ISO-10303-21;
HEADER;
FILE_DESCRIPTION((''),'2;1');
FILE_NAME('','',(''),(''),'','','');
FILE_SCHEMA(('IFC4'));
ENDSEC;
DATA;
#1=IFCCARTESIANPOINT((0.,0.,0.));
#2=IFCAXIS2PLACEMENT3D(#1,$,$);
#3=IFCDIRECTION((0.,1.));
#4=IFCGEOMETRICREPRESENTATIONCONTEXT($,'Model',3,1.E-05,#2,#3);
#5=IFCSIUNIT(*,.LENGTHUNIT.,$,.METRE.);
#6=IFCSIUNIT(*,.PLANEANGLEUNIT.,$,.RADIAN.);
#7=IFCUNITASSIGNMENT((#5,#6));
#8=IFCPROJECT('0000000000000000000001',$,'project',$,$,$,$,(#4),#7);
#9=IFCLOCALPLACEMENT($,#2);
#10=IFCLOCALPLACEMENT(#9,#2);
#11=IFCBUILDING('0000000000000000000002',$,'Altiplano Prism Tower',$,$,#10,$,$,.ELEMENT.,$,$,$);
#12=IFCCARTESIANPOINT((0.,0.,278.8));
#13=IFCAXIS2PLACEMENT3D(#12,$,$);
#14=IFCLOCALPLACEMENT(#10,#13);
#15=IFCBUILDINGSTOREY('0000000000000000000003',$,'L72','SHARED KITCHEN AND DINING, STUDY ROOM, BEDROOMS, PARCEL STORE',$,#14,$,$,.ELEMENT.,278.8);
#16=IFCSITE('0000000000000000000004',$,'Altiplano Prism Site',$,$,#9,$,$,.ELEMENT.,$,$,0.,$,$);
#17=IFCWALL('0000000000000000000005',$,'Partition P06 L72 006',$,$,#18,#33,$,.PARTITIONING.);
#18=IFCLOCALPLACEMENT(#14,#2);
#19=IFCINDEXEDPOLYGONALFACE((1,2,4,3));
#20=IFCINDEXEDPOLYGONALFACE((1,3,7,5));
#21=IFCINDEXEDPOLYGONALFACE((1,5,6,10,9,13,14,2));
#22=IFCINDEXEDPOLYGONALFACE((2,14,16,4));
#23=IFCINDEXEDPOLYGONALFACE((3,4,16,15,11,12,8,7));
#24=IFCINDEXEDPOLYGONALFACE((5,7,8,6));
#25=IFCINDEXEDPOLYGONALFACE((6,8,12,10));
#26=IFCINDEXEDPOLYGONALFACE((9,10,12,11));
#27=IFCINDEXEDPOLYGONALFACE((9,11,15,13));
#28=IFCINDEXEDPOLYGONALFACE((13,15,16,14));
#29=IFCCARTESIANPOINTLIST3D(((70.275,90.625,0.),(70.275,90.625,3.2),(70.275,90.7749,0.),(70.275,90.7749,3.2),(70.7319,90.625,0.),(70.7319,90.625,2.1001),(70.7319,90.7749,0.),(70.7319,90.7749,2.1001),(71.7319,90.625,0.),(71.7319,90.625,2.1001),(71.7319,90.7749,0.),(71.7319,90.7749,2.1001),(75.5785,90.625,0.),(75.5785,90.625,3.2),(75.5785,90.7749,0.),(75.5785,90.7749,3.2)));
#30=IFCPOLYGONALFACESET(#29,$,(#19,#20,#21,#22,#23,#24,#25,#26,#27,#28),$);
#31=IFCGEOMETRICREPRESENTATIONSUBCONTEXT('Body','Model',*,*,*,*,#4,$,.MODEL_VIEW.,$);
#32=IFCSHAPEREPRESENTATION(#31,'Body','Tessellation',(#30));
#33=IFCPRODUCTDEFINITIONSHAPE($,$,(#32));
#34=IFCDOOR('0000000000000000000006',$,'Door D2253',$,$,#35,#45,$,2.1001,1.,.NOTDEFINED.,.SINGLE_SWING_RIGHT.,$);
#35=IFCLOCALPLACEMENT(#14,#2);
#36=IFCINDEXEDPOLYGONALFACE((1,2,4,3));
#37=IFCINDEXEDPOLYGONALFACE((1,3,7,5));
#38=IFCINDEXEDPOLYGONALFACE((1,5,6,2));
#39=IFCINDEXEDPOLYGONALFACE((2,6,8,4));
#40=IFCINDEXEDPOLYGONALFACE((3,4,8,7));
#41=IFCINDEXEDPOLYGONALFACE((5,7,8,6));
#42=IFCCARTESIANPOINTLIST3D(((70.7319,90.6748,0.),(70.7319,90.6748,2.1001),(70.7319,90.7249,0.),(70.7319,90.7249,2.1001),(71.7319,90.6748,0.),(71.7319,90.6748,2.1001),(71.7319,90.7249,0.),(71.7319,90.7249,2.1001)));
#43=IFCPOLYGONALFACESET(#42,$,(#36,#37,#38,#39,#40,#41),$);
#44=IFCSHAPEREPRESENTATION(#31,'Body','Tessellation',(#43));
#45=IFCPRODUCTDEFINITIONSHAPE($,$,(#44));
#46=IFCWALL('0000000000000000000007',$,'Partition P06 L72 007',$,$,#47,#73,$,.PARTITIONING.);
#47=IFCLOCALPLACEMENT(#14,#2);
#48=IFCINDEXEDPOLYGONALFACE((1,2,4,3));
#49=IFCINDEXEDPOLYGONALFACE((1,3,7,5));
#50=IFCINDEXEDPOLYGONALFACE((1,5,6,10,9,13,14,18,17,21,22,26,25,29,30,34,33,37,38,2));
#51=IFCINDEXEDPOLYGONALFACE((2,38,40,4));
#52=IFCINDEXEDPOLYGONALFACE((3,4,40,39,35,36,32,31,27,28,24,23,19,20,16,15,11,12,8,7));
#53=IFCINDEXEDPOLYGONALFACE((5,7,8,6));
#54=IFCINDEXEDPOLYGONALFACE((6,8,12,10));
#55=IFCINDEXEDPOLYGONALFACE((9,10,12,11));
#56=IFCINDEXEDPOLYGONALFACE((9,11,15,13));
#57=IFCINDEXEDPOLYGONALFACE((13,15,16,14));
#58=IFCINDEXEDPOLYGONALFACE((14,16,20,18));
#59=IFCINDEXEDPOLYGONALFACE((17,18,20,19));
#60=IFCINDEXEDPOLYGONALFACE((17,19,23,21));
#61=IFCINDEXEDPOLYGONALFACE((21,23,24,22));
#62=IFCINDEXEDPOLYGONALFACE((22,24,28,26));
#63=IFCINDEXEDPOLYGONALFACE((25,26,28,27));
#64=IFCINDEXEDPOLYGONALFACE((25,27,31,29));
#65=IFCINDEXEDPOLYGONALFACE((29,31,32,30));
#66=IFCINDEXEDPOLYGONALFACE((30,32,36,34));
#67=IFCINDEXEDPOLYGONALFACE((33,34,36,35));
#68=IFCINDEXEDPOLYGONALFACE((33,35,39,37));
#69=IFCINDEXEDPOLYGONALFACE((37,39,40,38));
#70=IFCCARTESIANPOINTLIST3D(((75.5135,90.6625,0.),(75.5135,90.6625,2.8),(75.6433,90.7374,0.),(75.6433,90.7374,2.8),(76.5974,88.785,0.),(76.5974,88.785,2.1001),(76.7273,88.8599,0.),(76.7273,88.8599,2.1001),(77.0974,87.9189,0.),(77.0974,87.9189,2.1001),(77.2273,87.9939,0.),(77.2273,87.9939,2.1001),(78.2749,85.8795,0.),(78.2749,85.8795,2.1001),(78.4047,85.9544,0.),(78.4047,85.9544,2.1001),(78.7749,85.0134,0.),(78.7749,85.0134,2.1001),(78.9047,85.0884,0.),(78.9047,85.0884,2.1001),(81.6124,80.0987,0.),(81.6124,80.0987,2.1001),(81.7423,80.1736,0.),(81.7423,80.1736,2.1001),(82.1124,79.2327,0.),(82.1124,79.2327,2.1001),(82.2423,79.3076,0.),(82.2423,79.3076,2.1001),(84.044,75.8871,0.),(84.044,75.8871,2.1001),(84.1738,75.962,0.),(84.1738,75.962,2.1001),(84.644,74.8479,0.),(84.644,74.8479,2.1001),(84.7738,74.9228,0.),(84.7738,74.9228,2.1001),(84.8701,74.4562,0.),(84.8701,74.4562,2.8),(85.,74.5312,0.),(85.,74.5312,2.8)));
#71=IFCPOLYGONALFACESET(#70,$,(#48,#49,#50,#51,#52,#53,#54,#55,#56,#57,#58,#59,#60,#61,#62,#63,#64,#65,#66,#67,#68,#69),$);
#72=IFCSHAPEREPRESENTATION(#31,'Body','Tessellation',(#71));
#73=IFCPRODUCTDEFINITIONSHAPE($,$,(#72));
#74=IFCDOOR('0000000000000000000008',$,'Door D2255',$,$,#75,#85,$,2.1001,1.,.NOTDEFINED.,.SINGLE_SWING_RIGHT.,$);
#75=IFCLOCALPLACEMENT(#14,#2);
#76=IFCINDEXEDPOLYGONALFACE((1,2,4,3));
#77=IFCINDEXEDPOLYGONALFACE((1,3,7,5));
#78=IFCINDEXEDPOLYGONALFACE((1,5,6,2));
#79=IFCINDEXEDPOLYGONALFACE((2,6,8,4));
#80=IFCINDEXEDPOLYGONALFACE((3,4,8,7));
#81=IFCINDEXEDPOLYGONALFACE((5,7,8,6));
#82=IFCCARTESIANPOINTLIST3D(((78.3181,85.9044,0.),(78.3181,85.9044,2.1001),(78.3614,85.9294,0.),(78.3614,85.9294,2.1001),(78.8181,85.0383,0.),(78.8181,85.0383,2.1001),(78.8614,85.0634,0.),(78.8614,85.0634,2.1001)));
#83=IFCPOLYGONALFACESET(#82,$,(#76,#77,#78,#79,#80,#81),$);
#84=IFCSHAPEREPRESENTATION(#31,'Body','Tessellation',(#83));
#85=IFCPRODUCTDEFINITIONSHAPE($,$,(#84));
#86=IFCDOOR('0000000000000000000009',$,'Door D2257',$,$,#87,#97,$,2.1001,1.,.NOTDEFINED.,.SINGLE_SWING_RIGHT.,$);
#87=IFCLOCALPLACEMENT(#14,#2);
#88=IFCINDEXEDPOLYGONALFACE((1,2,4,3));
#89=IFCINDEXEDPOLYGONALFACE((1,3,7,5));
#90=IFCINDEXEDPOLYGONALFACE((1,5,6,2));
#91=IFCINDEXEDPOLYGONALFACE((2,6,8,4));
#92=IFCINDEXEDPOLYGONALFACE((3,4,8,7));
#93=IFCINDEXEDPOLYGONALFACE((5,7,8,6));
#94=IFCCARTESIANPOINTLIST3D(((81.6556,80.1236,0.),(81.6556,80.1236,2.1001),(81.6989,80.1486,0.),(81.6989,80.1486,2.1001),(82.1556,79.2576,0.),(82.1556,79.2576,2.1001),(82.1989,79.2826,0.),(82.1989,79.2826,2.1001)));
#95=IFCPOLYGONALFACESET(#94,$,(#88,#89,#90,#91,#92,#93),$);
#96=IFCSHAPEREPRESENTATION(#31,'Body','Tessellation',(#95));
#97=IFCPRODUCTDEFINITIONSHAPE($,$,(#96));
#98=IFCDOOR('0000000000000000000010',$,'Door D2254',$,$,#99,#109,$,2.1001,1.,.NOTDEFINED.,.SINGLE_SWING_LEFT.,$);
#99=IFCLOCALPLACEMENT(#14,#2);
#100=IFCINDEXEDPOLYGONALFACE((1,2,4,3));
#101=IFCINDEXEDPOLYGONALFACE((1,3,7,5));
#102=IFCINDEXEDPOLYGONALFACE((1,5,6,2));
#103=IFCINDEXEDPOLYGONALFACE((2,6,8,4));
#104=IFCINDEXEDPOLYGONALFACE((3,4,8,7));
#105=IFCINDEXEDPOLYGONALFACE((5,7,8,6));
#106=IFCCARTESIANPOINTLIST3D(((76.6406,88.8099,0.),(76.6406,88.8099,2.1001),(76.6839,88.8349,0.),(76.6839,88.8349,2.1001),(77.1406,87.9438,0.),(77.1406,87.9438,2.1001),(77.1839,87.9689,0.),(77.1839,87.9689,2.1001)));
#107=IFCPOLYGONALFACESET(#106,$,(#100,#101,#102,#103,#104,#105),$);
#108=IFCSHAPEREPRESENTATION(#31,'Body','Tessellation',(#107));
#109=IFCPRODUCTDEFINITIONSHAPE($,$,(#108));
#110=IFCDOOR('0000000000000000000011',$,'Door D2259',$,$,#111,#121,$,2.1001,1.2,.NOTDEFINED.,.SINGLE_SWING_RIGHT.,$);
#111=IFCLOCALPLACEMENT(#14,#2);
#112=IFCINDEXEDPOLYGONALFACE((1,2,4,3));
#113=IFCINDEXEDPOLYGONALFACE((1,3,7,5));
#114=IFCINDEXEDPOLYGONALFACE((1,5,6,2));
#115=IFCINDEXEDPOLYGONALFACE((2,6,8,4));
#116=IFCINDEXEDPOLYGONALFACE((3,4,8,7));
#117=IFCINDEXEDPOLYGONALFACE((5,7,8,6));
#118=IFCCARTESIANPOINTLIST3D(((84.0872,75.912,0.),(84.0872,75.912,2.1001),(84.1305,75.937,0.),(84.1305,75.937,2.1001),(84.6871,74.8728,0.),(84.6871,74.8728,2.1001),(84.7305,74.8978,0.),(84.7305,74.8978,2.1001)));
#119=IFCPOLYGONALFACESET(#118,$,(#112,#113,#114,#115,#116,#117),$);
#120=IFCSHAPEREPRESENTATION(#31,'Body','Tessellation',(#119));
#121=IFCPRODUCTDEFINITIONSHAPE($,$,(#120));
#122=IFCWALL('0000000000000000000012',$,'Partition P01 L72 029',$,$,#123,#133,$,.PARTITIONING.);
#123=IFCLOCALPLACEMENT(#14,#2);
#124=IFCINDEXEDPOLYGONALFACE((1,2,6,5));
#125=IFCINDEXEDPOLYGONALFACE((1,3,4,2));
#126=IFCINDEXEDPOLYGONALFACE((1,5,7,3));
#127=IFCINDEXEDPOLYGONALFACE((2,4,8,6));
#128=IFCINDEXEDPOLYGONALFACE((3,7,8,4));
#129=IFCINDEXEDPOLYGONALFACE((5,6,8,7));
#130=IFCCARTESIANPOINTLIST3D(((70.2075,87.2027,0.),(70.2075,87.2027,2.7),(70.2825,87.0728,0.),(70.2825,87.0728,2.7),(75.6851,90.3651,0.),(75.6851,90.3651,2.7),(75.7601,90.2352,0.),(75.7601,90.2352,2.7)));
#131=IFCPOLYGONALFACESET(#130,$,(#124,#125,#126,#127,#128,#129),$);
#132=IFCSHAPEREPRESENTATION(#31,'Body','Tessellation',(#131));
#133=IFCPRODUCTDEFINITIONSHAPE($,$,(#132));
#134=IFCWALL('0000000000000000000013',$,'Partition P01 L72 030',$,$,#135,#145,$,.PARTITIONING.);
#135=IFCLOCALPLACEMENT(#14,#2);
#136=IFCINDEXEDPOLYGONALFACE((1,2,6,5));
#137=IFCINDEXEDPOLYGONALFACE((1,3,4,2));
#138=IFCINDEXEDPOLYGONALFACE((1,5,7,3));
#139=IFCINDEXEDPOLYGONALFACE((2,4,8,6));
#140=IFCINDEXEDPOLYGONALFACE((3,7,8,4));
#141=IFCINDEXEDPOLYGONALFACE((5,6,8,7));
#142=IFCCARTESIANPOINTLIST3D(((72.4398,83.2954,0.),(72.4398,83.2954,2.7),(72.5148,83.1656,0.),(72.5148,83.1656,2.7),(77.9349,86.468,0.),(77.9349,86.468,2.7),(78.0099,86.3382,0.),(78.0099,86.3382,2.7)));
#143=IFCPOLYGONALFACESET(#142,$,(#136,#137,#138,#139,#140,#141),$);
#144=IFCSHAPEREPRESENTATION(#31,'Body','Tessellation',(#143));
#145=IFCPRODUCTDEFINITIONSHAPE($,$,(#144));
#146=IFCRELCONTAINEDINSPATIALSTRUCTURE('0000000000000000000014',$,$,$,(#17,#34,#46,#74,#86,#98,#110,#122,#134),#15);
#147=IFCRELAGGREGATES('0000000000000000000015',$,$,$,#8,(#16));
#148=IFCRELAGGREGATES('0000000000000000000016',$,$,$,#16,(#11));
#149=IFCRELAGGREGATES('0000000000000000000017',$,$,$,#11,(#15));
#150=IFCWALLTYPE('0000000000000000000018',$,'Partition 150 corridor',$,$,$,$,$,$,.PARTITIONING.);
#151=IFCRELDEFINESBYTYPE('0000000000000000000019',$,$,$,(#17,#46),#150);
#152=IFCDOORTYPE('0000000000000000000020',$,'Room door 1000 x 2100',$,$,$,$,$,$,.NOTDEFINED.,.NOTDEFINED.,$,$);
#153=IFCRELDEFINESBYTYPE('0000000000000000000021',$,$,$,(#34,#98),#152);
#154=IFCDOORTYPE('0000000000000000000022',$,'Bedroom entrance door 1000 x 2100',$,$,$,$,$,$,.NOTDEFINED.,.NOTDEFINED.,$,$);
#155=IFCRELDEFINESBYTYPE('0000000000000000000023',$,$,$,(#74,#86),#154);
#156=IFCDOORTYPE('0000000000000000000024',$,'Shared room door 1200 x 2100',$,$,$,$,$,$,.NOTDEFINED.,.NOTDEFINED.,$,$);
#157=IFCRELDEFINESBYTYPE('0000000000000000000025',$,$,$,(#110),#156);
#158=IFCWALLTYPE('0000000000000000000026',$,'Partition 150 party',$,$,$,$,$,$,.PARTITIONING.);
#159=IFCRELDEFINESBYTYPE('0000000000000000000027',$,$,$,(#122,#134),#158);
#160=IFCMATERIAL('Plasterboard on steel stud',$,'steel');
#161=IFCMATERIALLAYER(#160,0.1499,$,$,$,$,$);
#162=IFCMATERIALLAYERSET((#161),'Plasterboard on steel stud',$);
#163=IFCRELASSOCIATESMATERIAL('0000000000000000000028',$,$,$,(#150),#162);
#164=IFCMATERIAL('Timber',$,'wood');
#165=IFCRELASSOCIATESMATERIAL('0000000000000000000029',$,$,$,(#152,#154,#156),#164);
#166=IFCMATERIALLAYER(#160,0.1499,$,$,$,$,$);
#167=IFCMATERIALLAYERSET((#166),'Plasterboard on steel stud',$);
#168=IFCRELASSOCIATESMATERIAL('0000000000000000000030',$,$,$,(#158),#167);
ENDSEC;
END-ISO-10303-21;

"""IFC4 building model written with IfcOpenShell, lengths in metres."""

from ifc_helpers import new_model, si_unit, direction, frame, frame_2d, origin, place, context, subcontext, project, spatial, rectangle, extrude, material, layer, layer_set, type_object, element, fill, save


model = new_model("IFC4")

# Units and contexts
model_context = context("Model", 3, precision=1e-05, world=origin(), true_north=direction((0.0, 1.0)))
body_context = subcontext(model_context, "Body", "Model", "MODEL_VIEW")
ifc_project = project(units=[si_unit("LENGTHUNIT", "METRE"), si_unit("PLANEANGLEUNIT", "RADIAN")], contexts=[model_context])

# Site, building, storey
site_placement = place(None, origin())
site = spatial("IfcSite", under=ifc_project, at=site_placement, Name="Altiplano Prism Site", CompositionType="ELEMENT", RefElevation=0.0)
building_placement = place(site_placement, origin())
building = spatial("IfcBuilding", under=site, at=building_placement, Name="Altiplano Prism Tower", CompositionType="ELEMENT")
storey_placement = place(building_placement, frame((0.0, 0.0, 278.8)))
storey = spatial("IfcBuildingStorey", under=building, at=storey_placement, Name="L72", Description="SHARED KITCHEN AND DINING, STUDY ROOM, BEDROOMS, PARCEL STORE", CompositionType="ELEMENT", Elevation=278.8)

# Wall, opening, door
ifc_material_1 = material(Name="Plasterboard on steel stud", Category="steel")
ifc_material_2 = material(Name="Timber", Category="wood")
ifc_layer_1 = layer(ifc_material_1, 0.1499)
ifc_layer_set_1 = layer_set([ifc_layer_1], Name="Plasterboard on steel stud")
wall_type_1 = type_object("IfcWallType", Name="Partition 150 corridor", PredefinedType="PARTITIONING", material=ifc_layer_set_1)
wall_1_placement = place(storey_placement, frame((70.2749, 90.7, 0.0), z_axis=(0.0, 0.0, 1.0), x_axis=(1.0, 0.0, 0.0)))
wall_1 = element("IfcWall", 1, at=wall_1_placement, inside=storey, type_object=wall_type_1, Name="Partition P06 L72 006", PredefinedType="PARTITIONING", context=body_context, shape_type="SweptSolid", body=[
    extrude(rectangle(XDim=5.3035, YDim=0.1499, at=frame_2d((2.6519, 0.0))), origin(), (0.0, 0.0, 1.0), 3.2),
])
opening_1_placement = place(wall_1_placement, frame((0.457, 0.0, 0.0)))
opening_1 = element("IfcOpeningElement", 2, at=opening_1_placement, cuts=wall_1, PredefinedType="OPENING", context=body_context, shape_type="SweptSolid", body=[
    extrude(rectangle(XDim=1.0, YDim=2.1001, at=frame_2d((0.5, 1.05))), frame((0.0, 0.0854, 0.0), z_axis=(0.0, -1.0, 0.0), x_axis=(1.0, 0.0, 0.0)), (0.0, 0.0, 1.0), 0.1709),
])
door_type_1 = type_object("IfcDoorType", Name="Room door 1000 x 2100", OperationType="NOTDEFINED", PredefinedType="NOTDEFINED", material=ifc_material_2)
door_1_placement = place(opening_1_placement, origin())
door_1 = element("IfcDoor", 3, at=door_1_placement, inside=storey, type_object=door_type_1, Name="Door D2253", OperationType="SINGLE_SWING_RIGHT", OverallHeight=2.1001, OverallWidth=1.0, PredefinedType="NOTDEFINED", context=body_context, shape_type="SweptSolid", body=[
    extrude(rectangle(XDim=1.0, YDim=2.1001, at=frame_2d((0.5, 1.05))), frame((0.0, 0.0249, 0.0), z_axis=(0.0, -1.0, 0.0), x_axis=(1.0, 0.0, 0.0)), (0.0, 0.0, 1.0), 0.05),
])
fill(opening_1, door_1)

# Wall, openings, doors
wall_2_placement = place(storey_placement, frame((75.5784, 90.7, 0.0), z_axis=(0.0, 0.0, 1.0), x_axis=(0.499999, -0.866026, 0.0)))
wall_2 = element("IfcWall", 4, at=wall_2_placement, inside=storey, type_object=wall_type_1, Name="Partition P06 L72 007", PredefinedType="PARTITIONING", context=body_context, shape_type="SweptSolid", body=[
    extrude(rectangle(XDim=18.7134, YDim=0.1499, at=frame_2d((9.3567, 0.0))), origin(), (0.0, 0.0, 1.0), 2.8),
])
opening_2_placement = place(wall_2_placement, frame((2.168, 0.0, 0.0)))
opening_2 = element("IfcOpeningElement", 5, at=opening_2_placement, cuts=wall_2, PredefinedType="OPENING", context=body_context, shape_type="SweptSolid", body=[
    extrude(rectangle(XDim=1.0, YDim=2.1001, at=frame_2d((0.5, 1.05))), frame((0.0, 0.0854, 0.0), z_axis=(0.0, -1.0, 0.0), x_axis=(1.0, 0.0, 0.0)), (0.0, 0.0, 1.0), 0.1709),
])
opening_3_placement = place(wall_2_placement, frame((5.5229, 0.0, 0.0)))
opening_3 = element("IfcOpeningElement", 6, at=opening_3_placement, cuts=wall_2, PredefinedType="OPENING", context=body_context, shape_type="SweptSolid", body=[
    extrude(rectangle(XDim=1.0, YDim=2.1001, at=frame_2d((0.5, 1.05))), frame((0.0, 0.0854, 0.0), z_axis=(0.0, -1.0, 0.0), x_axis=(1.0, 0.0, 0.0)), (0.0, 0.0, 1.0), 0.1709),
])
opening_4_placement = place(wall_2_placement, frame((12.198, 0.0, 0.0)))
opening_4 = element("IfcOpeningElement", 7, at=opening_4_placement, cuts=wall_2, PredefinedType="OPENING", context=body_context, shape_type="SweptSolid", body=[
    extrude(rectangle(XDim=1.0, YDim=2.1001, at=frame_2d((0.5, 1.05))), frame((0.0, 0.0854, 0.0), z_axis=(0.0, -1.0, 0.0), x_axis=(1.0, 0.0, 0.0)), (0.0, 0.0, 1.0), 0.1709),
])
opening_5_placement = place(wall_2_placement, frame((17.061, 0.0, 0.0)))
opening_5 = element("IfcOpeningElement", 8, at=opening_5_placement, cuts=wall_2, PredefinedType="OPENING", context=body_context, shape_type="SweptSolid", body=[
    extrude(rectangle(XDim=1.2, YDim=2.1001, at=frame_2d((0.6001, 1.05))), frame((0.0, 0.0854, 0.0), z_axis=(0.0, -1.0, 0.0), x_axis=(1.0, 0.0, 0.0)), (0.0, 0.0, 1.0), 0.1709),
])
door_type_2 = type_object("IfcDoorType", Name="Bedroom entrance door 1000 x 2100", OperationType="NOTDEFINED", PredefinedType="NOTDEFINED", material=ifc_material_2)
door_2_placement = place(opening_3_placement, origin())
door_2 = element("IfcDoor", 9, at=door_2_placement, inside=storey, type_object=door_type_2, Name="Door D2255", OperationType="SINGLE_SWING_RIGHT", OverallHeight=2.1001, OverallWidth=1.0, PredefinedType="NOTDEFINED", context=body_context, shape_type="SweptSolid", body=[
    extrude(rectangle(XDim=1.0, YDim=2.1001, at=frame_2d((0.5, 1.05))), frame((0.0, 0.0249, 0.0), z_axis=(0.0, -1.0, 0.0), x_axis=(1.0, 0.0, 0.0)), (0.0, 0.0, 1.0), 0.05),
])
fill(opening_3, door_2)
door_3_placement = place(opening_4_placement, origin())
door_3 = element("IfcDoor", 10, at=door_3_placement, inside=storey, type_object=door_type_2, Name="Door D2257", OperationType="SINGLE_SWING_RIGHT", OverallHeight=2.1001, OverallWidth=1.0, PredefinedType="NOTDEFINED", context=body_context, shape_type="SweptSolid", body=[
    extrude(rectangle(XDim=1.0, YDim=2.1001, at=frame_2d((0.5, 1.05))), frame((0.0, 0.0249, 0.0), z_axis=(0.0, -1.0, 0.0), x_axis=(1.0, 0.0, 0.0)), (0.0, 0.0, 1.0), 0.05),
])
fill(opening_4, door_3)
door_4_placement = place(opening_2_placement, origin())
door_4 = element("IfcDoor", 11, at=door_4_placement, inside=storey, type_object=door_type_1, Name="Door D2254", OperationType="SINGLE_SWING_LEFT", OverallHeight=2.1001, OverallWidth=1.0, PredefinedType="NOTDEFINED", context=body_context, shape_type="SweptSolid", body=[
    extrude(rectangle(XDim=1.0, YDim=2.1001, at=frame_2d((0.5, 1.05))), frame((0.0, 0.0249, 0.0), z_axis=(0.0, -1.0, 0.0), x_axis=(1.0, 0.0, 0.0)), (0.0, 0.0, 1.0), 0.05),
])
fill(opening_2, door_4)
door_type_3 = type_object("IfcDoorType", Name="Shared room door 1200 x 2100", OperationType="NOTDEFINED", PredefinedType="NOTDEFINED", material=ifc_material_2)
door_5_placement = place(opening_5_placement, origin())
door_5 = element("IfcDoor", 12, at=door_5_placement, inside=storey, type_object=door_type_3, Name="Door D2259", OperationType="SINGLE_SWING_RIGHT", OverallHeight=2.1001, OverallWidth=1.2, PredefinedType="NOTDEFINED", context=body_context, shape_type="SweptSolid", body=[
    extrude(rectangle(XDim=1.2, YDim=2.1001, at=frame_2d((0.6001, 1.05))), frame((0.0, 0.0249, 0.0), z_axis=(0.0, -1.0, 0.0), x_axis=(1.0, 0.0, 0.0)), (0.0, 0.0, 1.0), 0.05),
])
fill(opening_5, door_5)

# Walls
ifc_layer_2 = layer(ifc_material_1, 0.1499)
ifc_layer_set_2 = layer_set([ifc_layer_2], Name="Plasterboard on steel stud")
wall_type_2 = type_object("IfcWallType", Name="Partition 150 party", PredefinedType="PARTITIONING", material=ifc_layer_set_2)
wall_3_placement = place(storey_placement, frame((70.2449, 87.1377, 0.0), z_axis=(0.0, 0.0, 1.0), x_axis=(0.866033, 0.499988, 0.0)))
element("IfcWall", 13, at=wall_3_placement, inside=storey, type_object=wall_type_2, Name="Partition P01 L72 029", PredefinedType="PARTITIONING", context=body_context, shape_type="SweptSolid", body=[
    extrude(rectangle(XDim=6.325, YDim=0.1499, at=frame_2d((3.1626, 0.0))), origin(), (0.0, 0.0, 1.0), 2.7),
])
wall_4_placement = place(storey_placement, frame((72.4773, 83.2305, 0.0), z_axis=(0.0, 0.0, 1.0), x_axis=(0.866025, 0.5, 0.0)))
element("IfcWall", 14, at=wall_4_placement, inside=storey, type_object=wall_type_2, Name="Partition P01 L72 030", PredefinedType="PARTITIONING", context=body_context, shape_type="SweptSolid", body=[
    extrude(rectangle(XDim=6.3452, YDim=0.1499, at=frame_2d((3.1726, 0.0))), origin(), (0.0, 0.0, 1.0), 2.7),
])

save(model, "model.ifc")
